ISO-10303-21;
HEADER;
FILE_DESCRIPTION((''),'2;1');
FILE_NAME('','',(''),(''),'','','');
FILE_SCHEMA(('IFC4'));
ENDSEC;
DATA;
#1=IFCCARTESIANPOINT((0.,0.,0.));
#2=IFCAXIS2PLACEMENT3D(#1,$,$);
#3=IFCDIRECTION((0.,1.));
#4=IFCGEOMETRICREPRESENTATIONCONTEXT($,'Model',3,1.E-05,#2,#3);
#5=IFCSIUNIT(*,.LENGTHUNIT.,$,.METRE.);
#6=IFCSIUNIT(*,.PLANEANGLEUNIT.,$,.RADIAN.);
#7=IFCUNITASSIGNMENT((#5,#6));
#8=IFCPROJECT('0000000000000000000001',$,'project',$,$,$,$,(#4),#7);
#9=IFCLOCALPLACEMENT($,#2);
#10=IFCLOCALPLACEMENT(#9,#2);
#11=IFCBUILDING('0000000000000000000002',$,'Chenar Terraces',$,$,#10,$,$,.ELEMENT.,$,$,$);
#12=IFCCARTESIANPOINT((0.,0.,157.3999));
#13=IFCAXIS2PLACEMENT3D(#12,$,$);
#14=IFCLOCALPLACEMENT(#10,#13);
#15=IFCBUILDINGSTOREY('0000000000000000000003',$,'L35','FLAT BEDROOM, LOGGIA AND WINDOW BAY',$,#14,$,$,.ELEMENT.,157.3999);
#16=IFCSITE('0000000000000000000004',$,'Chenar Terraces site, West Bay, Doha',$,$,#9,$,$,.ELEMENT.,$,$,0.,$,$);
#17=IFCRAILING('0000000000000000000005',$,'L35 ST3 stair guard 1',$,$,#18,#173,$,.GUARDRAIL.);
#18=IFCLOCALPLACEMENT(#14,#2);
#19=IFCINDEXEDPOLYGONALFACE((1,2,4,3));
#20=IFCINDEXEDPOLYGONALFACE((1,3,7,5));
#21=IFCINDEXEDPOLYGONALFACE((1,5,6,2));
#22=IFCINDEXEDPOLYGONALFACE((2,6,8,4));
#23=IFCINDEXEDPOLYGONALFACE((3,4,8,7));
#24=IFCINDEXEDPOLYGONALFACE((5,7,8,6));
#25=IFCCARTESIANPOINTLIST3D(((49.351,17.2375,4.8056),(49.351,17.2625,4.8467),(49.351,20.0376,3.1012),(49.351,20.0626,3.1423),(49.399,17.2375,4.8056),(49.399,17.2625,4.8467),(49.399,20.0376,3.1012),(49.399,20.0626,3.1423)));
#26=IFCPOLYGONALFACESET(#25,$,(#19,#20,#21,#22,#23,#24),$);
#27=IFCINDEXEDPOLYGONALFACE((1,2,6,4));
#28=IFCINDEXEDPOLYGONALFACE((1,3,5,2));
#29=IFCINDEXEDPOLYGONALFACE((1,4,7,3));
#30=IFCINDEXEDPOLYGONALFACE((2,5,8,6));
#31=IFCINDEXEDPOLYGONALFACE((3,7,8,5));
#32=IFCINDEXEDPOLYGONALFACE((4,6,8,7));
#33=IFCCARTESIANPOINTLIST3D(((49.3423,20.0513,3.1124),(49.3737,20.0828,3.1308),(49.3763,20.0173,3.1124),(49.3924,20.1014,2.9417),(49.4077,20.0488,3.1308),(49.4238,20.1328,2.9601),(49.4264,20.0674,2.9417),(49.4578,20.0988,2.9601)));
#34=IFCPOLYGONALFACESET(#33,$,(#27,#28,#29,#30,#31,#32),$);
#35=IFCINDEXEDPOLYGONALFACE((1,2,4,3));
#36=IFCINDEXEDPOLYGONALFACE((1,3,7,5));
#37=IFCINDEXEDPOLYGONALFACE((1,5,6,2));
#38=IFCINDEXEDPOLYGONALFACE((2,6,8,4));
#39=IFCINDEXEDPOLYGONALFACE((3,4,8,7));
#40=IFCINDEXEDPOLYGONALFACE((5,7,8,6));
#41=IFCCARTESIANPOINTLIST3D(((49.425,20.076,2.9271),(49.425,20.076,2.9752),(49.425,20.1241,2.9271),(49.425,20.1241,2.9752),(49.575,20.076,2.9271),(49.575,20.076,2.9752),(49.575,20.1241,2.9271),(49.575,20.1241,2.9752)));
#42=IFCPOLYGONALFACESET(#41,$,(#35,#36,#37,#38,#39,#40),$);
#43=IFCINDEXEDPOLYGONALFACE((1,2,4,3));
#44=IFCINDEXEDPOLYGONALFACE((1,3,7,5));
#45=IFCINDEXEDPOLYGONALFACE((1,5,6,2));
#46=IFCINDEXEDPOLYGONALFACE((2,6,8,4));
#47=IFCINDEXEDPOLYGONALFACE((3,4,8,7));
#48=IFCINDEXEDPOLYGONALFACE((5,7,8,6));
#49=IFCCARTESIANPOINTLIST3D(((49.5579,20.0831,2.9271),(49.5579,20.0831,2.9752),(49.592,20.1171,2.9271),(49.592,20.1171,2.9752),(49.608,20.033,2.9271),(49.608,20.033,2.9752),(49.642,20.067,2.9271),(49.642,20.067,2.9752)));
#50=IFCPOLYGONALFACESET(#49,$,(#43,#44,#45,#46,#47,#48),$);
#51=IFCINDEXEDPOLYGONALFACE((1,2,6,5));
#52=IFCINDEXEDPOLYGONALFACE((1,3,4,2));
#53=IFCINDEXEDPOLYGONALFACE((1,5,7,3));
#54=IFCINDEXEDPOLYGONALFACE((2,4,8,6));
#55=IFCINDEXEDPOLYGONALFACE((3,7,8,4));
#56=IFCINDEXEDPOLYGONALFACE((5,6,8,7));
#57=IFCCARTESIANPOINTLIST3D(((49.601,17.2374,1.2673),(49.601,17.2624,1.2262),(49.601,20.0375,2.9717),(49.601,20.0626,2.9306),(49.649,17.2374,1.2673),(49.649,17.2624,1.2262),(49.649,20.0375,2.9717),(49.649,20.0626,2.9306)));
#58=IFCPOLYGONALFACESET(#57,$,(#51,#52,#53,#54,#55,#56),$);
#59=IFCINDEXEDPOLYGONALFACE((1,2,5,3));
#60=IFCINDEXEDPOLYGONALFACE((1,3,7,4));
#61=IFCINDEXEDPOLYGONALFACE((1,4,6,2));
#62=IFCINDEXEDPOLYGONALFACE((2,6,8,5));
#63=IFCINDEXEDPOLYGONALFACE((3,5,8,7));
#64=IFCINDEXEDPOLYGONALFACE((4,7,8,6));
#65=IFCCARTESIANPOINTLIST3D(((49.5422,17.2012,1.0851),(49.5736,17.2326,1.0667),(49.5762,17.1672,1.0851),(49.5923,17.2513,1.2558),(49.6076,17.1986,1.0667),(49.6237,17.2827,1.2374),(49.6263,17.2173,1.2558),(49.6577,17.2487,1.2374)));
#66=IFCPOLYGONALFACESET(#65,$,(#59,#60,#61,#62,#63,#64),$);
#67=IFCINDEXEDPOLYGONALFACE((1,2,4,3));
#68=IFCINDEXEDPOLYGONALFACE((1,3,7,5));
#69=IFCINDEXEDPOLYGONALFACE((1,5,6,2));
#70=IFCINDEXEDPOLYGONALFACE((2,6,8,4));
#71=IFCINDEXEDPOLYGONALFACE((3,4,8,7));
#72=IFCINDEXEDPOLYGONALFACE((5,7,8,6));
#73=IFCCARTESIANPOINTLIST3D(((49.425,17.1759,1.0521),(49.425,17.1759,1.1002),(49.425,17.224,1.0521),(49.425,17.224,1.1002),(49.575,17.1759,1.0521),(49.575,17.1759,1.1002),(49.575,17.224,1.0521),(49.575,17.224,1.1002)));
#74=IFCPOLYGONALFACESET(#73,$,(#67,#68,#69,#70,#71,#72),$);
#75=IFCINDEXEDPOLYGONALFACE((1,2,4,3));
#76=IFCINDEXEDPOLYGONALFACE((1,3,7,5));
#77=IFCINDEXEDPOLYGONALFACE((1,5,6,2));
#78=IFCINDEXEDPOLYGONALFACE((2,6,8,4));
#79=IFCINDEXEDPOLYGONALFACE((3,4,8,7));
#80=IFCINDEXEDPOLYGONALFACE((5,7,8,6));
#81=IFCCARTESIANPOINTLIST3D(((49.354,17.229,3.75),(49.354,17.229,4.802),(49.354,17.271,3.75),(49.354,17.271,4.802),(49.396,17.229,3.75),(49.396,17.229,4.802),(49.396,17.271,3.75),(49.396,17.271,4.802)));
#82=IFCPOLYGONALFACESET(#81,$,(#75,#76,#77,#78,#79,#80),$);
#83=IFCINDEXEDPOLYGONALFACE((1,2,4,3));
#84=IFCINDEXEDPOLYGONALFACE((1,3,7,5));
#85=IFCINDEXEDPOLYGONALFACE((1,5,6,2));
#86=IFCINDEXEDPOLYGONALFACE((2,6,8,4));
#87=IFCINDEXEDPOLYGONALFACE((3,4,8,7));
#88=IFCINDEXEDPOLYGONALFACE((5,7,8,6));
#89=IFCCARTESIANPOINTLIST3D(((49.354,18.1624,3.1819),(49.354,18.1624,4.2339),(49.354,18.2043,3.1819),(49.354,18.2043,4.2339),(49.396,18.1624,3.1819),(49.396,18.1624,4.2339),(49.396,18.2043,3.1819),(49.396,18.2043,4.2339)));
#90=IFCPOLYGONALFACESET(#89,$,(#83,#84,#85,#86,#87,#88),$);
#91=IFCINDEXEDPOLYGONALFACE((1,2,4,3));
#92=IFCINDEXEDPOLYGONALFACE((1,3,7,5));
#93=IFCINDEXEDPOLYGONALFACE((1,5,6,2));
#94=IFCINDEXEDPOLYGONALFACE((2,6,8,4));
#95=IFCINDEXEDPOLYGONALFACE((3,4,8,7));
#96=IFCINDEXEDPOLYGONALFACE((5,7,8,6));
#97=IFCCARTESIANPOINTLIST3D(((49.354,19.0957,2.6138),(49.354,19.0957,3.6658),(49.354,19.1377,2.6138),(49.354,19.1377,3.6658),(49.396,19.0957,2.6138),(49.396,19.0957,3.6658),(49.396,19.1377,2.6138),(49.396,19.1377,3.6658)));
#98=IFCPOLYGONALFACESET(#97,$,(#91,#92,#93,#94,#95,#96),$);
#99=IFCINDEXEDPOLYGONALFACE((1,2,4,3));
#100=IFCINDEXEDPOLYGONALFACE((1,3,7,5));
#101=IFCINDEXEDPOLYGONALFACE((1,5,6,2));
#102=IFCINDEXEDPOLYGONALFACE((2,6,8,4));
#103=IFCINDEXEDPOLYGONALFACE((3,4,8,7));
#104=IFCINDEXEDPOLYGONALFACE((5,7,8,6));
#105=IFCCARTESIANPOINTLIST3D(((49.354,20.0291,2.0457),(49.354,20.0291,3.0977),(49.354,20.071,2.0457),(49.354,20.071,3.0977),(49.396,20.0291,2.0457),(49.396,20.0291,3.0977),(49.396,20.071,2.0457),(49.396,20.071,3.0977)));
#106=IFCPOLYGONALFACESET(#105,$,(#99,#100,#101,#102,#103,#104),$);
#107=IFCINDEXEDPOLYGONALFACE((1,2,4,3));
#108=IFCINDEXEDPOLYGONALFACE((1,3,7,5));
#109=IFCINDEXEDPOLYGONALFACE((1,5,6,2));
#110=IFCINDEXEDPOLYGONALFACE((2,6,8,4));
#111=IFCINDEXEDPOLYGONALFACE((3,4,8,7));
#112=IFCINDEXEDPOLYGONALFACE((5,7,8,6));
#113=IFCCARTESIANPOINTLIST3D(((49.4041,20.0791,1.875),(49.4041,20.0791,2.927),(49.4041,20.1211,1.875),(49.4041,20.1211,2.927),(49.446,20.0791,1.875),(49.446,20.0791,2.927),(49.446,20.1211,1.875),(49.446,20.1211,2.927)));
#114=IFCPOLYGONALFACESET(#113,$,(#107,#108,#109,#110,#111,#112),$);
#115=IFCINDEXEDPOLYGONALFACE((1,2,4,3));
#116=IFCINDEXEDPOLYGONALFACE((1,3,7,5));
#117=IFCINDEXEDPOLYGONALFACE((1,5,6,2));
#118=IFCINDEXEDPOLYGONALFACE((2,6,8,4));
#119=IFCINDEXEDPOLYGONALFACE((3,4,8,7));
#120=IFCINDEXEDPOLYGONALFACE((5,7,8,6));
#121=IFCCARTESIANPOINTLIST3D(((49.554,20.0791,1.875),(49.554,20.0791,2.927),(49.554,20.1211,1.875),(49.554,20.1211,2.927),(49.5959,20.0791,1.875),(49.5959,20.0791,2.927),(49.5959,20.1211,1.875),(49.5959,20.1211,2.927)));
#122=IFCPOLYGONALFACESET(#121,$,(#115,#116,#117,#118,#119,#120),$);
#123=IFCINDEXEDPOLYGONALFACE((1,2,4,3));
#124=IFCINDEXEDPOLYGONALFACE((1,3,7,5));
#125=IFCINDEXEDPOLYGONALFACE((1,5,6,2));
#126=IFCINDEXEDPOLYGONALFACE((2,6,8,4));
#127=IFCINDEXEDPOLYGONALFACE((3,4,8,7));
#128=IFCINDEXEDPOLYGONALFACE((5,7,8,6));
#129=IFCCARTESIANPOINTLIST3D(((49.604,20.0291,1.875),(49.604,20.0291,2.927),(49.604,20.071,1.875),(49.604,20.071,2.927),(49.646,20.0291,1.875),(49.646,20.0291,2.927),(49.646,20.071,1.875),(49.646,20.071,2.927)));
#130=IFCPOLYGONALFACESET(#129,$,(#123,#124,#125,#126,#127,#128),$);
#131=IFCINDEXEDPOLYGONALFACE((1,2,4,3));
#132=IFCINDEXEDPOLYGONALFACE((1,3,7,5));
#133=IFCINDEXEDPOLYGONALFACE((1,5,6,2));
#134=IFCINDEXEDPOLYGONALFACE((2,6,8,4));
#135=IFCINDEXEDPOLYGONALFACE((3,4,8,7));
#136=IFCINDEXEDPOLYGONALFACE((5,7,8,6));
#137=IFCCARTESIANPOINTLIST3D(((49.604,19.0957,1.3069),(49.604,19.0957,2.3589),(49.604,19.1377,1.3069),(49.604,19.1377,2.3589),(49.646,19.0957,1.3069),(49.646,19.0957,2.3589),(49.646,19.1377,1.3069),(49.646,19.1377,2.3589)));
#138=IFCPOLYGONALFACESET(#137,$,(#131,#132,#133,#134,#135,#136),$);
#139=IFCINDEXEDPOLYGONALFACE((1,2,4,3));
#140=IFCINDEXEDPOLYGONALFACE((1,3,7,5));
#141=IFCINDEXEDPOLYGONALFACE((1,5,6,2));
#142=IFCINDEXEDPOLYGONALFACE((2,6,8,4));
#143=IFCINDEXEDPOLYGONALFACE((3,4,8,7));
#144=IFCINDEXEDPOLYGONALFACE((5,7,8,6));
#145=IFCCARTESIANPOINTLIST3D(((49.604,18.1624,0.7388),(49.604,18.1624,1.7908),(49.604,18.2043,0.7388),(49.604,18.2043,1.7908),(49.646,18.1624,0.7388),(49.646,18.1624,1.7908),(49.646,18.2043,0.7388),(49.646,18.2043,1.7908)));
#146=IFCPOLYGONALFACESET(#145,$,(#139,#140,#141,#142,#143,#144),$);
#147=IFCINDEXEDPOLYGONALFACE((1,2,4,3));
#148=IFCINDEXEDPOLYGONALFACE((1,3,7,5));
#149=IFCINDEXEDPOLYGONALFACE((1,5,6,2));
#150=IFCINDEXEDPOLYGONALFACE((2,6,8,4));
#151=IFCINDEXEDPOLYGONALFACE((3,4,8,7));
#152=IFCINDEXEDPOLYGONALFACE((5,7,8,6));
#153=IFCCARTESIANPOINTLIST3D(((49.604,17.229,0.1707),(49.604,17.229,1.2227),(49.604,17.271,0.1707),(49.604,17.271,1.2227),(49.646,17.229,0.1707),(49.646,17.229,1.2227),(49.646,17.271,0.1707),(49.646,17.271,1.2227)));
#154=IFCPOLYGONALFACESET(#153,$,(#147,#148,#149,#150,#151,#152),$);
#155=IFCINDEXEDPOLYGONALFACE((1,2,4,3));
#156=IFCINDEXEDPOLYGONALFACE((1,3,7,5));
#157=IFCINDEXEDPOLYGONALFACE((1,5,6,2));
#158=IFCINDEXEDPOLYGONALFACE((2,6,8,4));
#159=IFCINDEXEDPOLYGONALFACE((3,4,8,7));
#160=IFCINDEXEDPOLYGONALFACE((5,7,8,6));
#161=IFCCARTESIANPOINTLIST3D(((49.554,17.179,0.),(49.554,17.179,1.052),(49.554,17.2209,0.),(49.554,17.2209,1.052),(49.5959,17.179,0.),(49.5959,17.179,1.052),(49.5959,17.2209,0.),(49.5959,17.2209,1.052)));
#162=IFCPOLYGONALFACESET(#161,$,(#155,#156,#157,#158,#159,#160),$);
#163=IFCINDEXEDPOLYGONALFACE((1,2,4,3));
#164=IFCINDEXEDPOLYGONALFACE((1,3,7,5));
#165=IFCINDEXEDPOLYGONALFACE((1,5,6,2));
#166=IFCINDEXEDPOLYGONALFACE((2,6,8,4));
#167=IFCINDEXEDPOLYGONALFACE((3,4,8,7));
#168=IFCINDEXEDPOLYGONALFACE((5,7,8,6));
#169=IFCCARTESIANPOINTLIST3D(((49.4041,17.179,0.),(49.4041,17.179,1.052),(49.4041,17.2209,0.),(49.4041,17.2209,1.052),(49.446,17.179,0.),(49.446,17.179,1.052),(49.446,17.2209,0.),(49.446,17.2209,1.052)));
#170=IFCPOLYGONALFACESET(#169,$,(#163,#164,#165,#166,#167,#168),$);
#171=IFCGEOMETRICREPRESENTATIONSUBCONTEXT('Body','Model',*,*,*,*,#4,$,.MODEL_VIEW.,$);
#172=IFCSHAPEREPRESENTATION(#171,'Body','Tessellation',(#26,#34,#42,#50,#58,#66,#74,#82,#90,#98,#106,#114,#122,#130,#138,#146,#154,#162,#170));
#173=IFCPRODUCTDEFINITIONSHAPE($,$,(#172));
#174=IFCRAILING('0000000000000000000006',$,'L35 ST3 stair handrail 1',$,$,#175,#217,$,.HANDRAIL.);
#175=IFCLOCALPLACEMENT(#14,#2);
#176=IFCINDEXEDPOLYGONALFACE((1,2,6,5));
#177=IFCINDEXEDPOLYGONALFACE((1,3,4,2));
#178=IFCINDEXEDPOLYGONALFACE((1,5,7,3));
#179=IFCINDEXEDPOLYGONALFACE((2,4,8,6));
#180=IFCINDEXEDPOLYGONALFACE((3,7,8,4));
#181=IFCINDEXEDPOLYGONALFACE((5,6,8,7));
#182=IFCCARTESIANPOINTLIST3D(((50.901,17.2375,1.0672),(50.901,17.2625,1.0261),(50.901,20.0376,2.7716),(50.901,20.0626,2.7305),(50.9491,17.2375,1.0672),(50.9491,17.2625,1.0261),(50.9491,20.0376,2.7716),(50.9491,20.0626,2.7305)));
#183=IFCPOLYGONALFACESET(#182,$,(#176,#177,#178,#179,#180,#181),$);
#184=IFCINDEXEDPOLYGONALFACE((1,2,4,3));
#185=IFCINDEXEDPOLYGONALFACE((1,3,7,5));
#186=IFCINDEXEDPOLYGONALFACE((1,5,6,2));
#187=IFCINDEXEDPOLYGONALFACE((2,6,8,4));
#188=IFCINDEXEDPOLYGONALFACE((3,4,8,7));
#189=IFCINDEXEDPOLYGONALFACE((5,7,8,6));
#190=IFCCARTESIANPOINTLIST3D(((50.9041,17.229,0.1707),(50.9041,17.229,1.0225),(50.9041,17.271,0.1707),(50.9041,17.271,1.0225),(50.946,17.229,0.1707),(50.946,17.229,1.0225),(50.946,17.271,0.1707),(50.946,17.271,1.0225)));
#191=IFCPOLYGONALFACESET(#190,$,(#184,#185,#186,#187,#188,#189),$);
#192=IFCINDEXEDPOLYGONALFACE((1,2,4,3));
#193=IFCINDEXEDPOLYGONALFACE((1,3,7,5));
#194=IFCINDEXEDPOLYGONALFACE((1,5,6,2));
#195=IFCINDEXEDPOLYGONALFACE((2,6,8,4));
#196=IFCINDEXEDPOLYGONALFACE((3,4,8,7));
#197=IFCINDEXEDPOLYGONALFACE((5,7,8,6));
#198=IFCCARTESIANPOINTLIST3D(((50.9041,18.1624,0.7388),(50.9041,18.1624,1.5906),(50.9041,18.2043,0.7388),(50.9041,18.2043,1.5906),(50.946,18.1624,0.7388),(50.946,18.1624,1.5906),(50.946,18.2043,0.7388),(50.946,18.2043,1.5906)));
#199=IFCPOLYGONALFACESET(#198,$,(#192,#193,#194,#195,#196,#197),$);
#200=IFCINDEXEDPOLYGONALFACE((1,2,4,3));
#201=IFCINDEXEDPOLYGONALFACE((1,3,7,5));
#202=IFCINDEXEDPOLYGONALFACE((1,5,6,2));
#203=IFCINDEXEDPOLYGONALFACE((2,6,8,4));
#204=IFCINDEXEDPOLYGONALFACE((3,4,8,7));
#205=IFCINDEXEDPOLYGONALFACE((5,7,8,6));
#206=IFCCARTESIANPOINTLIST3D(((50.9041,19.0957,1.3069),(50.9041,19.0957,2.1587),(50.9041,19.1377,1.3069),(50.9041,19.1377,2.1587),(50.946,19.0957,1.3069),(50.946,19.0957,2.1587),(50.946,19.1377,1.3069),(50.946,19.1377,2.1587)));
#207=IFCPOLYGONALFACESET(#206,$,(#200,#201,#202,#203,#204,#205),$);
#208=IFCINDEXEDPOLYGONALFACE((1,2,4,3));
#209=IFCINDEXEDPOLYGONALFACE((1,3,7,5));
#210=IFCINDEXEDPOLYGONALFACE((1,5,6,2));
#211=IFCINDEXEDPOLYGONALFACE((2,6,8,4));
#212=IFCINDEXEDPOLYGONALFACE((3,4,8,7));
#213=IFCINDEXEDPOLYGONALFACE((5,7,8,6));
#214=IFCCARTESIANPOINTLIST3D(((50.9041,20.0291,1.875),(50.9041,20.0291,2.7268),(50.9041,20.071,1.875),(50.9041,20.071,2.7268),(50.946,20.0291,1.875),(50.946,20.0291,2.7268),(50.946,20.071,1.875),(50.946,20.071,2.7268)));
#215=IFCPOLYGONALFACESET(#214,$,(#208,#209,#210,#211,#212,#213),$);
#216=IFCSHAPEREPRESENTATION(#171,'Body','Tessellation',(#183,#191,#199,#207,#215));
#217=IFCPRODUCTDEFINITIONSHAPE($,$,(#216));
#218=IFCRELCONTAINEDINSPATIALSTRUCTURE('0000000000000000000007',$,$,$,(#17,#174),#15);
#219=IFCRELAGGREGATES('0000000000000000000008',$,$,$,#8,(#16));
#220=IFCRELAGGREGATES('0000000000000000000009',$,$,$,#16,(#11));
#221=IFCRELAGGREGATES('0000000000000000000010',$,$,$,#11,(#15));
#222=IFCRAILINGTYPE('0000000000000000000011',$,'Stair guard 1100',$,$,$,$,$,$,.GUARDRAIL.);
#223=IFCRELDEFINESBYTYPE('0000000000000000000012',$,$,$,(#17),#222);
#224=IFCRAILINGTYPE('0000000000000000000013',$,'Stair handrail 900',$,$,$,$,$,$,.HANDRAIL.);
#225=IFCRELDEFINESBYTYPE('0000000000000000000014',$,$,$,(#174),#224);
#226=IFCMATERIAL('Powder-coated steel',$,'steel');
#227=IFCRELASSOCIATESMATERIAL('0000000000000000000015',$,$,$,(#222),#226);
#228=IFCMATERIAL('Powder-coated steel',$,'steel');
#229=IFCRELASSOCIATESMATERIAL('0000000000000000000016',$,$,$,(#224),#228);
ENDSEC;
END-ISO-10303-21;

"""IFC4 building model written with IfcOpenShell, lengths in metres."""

from ifc_helpers import new_model, si_unit, direction, frame, origin, origin_2d, place, context, subcontext, project, spatial, rectangle, extrude, material, type_object, element, save


model = new_model("IFC4")

# Units and contexts
model_context = context("Model", 3, precision=1e-05, world=origin(), true_north=direction((0.0, 1.0)))
body_context = subcontext(model_context, "Body", "Model", "MODEL_VIEW")
ifc_project = project(units=[si_unit("LENGTHUNIT", "METRE"), si_unit("PLANEANGLEUNIT", "RADIAN")], contexts=[model_context])

# Site, building, storey
site_placement = place(None, origin())
site = spatial("IfcSite", under=ifc_project, at=site_placement, Name="Chenar Terraces site, West Bay, Doha", CompositionType="ELEMENT", RefElevation=0.0)
building_placement = place(site_placement, origin())
building = spatial("IfcBuilding", under=site, at=building_placement, Name="Chenar Terraces", CompositionType="ELEMENT")
storey_placement = place(building_placement, frame((0.0, 0.0, 157.3999)))
storey = spatial("IfcBuildingStorey", under=building, at=storey_placement, Name="L35", Description="FLAT BEDROOM, LOGGIA AND WINDOW BAY", CompositionType="ELEMENT", Elevation=157.3999)

# Railings
ifc_material_1 = material(Name="Powder-coated steel", Category="steel")
railing_type_1 = type_object("IfcRailingType", Name="Stair guard 1100", PredefinedType="GUARDRAIL", material=ifc_material_1)
railing_1_placement = place(storey_placement, frame((49.375, 17.25, 3.75)))
element("IfcRailing", 1, at=railing_1_placement, inside=storey, type_object=railing_type_1, Name="L35 ST3 stair guard 1", PredefinedType="GUARDRAIL", context=body_context, shape_type="SweptSolid", body=[
    extrude(rectangle(XDim=0.0481, YDim=0.0481, at=origin_2d()), frame((0.0, 0.0, 1.0762), z_axis=(0.0, 0.854203, -0.51994), x_axis=(-1.0, 0.0, 0.0)), (0.0, 0.0, 1.0), 3.2781),
    extrude(rectangle(XDim=0.0481, YDim=0.0481, at=origin_2d()), frame((0.0, 2.8, -0.6284), z_axis=(0.2709, 0.2709, -0.923703), x_axis=(-0.707107, 0.707107, 0.0)), (0.0, 0.0, 1.0), 0.1848),
    extrude(rectangle(XDim=0.0481, YDim=0.0481, at=origin_2d()), frame((0.05, 2.8501, -0.7988), z_axis=(1.0, 0.0, 0.0), x_axis=(0.0, 1.0, 0.0)), (0.0, 0.0, 1.0), 0.1499),
    extrude(rectangle(XDim=0.0481, YDim=0.0481, at=origin_2d()), frame((0.2, 2.8501, -0.7988), z_axis=(0.707107, -0.707107, 0.0), x_axis=(0.707107, 0.707107, 0.0)), (0.0, 0.0, 1.0), 0.0708),
    extrude(rectangle(XDim=0.0481, YDim=0.0481, at=origin_2d()), frame((0.25, 2.8, -0.7988), z_axis=(0.0, -0.854203, -0.51994), x_axis=(1.0, 0.0, 0.0)), (0.0, 0.0, 1.0), 3.2781),
    extrude(rectangle(XDim=0.0481, YDim=0.0481, at=origin_2d()), frame((0.25, 0.0, -2.5034), z_axis=(-0.2709, -0.2709, -0.923703), x_axis=(0.707107, -0.707107, 0.0)), (0.0, 0.0, 1.0), 0.1848),
    extrude(rectangle(XDim=0.0481, YDim=0.0481, at=origin_2d()), frame((0.2, -0.05, -2.6738), z_axis=(-1.0, 0.0, 0.0), x_axis=(0.0, -1.0, 0.0)), (0.0, 0.0, 1.0), 0.1499),
    extrude(rectangle(XDim=0.042, YDim=0.042, at=origin_2d()), origin(), (0.0, 0.0, 1.0), 1.052),
    extrude(rectangle(XDim=0.042, YDim=0.042, at=origin_2d()), frame((0.0, 0.9333, -0.5681)), (0.0, 0.0, 1.0), 1.052),
    extrude(rectangle(XDim=0.042, YDim=0.042, at=origin_2d()), frame((0.0, 1.8667, -1.1362)), (0.0, 0.0, 1.0), 1.052),
    extrude(rectangle(XDim=0.042, YDim=0.042, at=origin_2d()), frame((0.0, 2.8, -1.7043)), (0.0, 0.0, 1.0), 1.052),
    extrude(rectangle(XDim=0.042, YDim=0.042, at=origin_2d()), frame((0.05, 2.8501, -1.875)), (0.0, 0.0, 1.0), 1.052),
    extrude(rectangle(XDim=0.042, YDim=0.042, at=origin_2d()), frame((0.2, 2.8501, -1.875)), (0.0, 0.0, 1.0), 1.052),
    extrude(rectangle(XDim=0.042, YDim=0.042, at=origin_2d()), frame((0.25, 2.8, -1.875)), (0.0, 0.0, 1.0), 1.052),
    extrude(rectangle(XDim=0.042, YDim=0.042, at=origin_2d()), frame((0.25, 1.8667, -2.4431)), (0.0, 0.0, 1.0), 1.052),
    extrude(rectangle(XDim=0.042, YDim=0.042, at=origin_2d()), frame((0.25, 0.9333, -3.0112)), (0.0, 0.0, 1.0), 1.052),
    extrude(rectangle(XDim=0.042, YDim=0.042, at=origin_2d()), frame((0.25, 0.0, -3.5793)), (0.0, 0.0, 1.0), 1.052),
    extrude(rectangle(XDim=0.042, YDim=0.042, at=origin_2d()), frame((0.2, -0.05, -3.75)), (0.0, 0.0, 1.0), 1.052),
    extrude(rectangle(XDim=0.042, YDim=0.042, at=origin_2d()), frame((0.05, -0.05, -3.75)), (0.0, 0.0, 1.0), 1.052),
])
ifc_material_2 = material(Name="Powder-coated steel", Category="steel")
railing_type_2 = type_object("IfcRailingType", Name="Stair handrail 900", PredefinedType="HANDRAIL", material=ifc_material_2)
railing_2_placement = place(storey_placement, frame((50.925, 17.25, 0.1707)))
element("IfcRailing", 2, at=railing_2_placement, inside=storey, type_object=railing_type_2, Name="L35 ST3 stair handrail 1", PredefinedType="HANDRAIL", context=body_context, shape_type="SweptSolid", body=[
    extrude(rectangle(XDim=0.0481, YDim=0.0481, at=origin_2d()), frame((0.0, 0.0, 0.876), z_axis=(0.0, 0.854203, 0.51994), x_axis=(-1.0, 0.0, 0.0)), (0.0, 0.0, 1.0), 3.2781),
    extrude(rectangle(XDim=0.042, YDim=0.042, at=origin_2d()), origin(), (0.0, 0.0, 1.0), 0.8518),
    extrude(rectangle(XDim=0.042, YDim=0.042, at=origin_2d()), frame((0.0, 0.9333, 0.5681)), (0.0, 0.0, 1.0), 0.8518),
    extrude(rectangle(XDim=0.042, YDim=0.042, at=origin_2d()), frame((0.0, 1.8667, 1.1362)), (0.0, 0.0, 1.0), 0.8518),
    extrude(rectangle(XDim=0.042, YDim=0.042, at=origin_2d()), frame((0.0, 2.8, 1.7043)), (0.0, 0.0, 1.0), 0.8518),
])

save(model, "model.ifc")
